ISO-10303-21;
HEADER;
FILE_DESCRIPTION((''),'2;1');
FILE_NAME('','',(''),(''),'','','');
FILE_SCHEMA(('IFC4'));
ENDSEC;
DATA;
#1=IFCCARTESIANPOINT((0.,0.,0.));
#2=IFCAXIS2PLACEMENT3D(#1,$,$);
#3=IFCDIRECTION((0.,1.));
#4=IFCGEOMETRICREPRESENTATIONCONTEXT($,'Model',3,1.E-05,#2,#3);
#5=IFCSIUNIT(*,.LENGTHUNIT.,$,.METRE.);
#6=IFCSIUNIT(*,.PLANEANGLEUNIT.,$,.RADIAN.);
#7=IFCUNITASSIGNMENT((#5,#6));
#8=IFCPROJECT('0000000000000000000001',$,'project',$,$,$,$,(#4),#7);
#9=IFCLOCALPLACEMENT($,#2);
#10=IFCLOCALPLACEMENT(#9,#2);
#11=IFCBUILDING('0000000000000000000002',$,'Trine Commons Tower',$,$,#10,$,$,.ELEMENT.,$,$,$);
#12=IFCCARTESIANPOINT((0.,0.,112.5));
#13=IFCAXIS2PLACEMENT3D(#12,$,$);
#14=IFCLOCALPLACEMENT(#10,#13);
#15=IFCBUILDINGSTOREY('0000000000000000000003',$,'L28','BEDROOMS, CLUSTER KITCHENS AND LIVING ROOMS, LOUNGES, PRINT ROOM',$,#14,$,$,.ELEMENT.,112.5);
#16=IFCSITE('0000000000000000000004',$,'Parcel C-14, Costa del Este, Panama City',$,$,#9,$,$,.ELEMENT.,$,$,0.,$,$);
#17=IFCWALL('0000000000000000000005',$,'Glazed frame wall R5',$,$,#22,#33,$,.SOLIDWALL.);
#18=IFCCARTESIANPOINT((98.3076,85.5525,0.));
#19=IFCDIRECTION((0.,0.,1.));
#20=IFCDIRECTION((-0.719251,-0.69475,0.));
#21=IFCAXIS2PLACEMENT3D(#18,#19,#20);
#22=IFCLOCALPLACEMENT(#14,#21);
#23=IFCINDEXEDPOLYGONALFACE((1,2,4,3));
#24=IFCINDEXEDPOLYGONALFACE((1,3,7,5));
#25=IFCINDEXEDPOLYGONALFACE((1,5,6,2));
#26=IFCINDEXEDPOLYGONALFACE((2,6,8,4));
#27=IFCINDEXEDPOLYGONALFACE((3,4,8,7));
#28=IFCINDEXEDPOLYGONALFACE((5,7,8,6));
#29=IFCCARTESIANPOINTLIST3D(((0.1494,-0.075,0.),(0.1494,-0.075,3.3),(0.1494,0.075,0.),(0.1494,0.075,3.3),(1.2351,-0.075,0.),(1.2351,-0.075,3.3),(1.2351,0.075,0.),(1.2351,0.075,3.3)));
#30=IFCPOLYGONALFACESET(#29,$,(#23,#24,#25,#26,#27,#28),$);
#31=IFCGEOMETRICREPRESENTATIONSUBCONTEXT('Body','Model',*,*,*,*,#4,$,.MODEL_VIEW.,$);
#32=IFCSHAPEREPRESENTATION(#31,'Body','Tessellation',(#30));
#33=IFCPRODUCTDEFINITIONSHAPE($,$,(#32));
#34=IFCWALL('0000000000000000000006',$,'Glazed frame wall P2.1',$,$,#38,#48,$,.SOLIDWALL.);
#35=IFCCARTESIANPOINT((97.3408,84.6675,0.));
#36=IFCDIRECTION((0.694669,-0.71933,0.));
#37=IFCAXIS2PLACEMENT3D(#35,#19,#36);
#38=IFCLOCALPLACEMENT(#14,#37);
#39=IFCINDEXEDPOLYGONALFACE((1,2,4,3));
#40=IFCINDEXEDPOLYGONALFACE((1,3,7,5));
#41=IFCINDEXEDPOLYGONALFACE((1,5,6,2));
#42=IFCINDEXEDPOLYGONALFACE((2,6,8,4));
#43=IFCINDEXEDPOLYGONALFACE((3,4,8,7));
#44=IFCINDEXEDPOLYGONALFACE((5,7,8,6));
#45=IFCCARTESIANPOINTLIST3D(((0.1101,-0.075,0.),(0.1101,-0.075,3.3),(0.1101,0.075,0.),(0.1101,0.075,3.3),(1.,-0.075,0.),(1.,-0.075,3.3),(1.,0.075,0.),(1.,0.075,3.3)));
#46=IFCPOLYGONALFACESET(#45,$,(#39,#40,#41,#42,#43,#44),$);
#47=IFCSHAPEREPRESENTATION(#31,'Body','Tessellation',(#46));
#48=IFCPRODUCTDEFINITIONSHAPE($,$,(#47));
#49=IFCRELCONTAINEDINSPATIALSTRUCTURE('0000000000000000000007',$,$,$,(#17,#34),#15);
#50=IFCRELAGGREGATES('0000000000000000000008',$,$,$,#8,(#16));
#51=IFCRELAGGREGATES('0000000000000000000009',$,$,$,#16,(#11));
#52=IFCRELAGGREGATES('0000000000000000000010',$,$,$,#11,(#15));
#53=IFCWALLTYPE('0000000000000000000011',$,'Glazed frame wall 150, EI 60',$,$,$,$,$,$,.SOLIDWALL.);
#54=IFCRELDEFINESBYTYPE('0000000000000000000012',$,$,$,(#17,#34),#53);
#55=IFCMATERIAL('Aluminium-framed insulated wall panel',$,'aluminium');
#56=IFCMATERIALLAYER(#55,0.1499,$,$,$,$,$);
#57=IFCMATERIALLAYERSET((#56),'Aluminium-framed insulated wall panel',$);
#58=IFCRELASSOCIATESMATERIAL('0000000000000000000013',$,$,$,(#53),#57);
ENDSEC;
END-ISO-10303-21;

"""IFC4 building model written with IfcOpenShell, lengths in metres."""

from ifc_helpers import new_model, si_unit, direction, frame, origin, place, context, subcontext, project, spatial, polyline, outline, extrude, material, layer, layer_set, type_object, element, save


model = new_model("IFC4")

# Units and contexts
model_context = context("Model", 3, precision=1e-05, world=origin(), true_north=direction((0.0, 1.0)))
body_context = subcontext(model_context, "Body", "Model", "MODEL_VIEW")
ifc_project = project(units=[si_unit("LENGTHUNIT", "METRE"), si_unit("PLANEANGLEUNIT", "RADIAN")], contexts=[model_context])

# Site, building, storey
site_placement = place(None, origin())
site = spatial("IfcSite", under=ifc_project, at=site_placement, Name="Parcel C-14, Costa del Este, Panama City", CompositionType="ELEMENT", RefElevation=0.0)
building_placement = place(site_placement, origin())
building = spatial("IfcBuilding", under=site, at=building_placement, Name="Trine Commons Tower", CompositionType="ELEMENT")
storey_placement = place(building_placement, frame((0.0, 0.0, 112.5)))
storey = spatial("IfcBuildingStorey", under=building, at=storey_placement, Name="L28", Description="BEDROOMS, CLUSTER KITCHENS AND LIVING ROOMS, LOUNGES, PRINT ROOM", CompositionType="ELEMENT", Elevation=112.5)

# Walls
ifc_material_1 = material(Name="Aluminium-framed insulated wall panel", Category="aluminium")
ifc_layer_1 = layer(ifc_material_1, 0.1499)
ifc_layer_set_1 = layer_set([ifc_layer_1], Name="Aluminium-framed insulated wall panel")
wall_type_1 = type_object("IfcWallType", Name="Glazed frame wall 150, EI 60", PredefinedType="SOLIDWALL", material=ifc_layer_set_1)
wall_1_placement = place(storey_placement, frame((98.3076, 85.5525, 0.0), z_axis=(0.0, 0.0, 1.0), x_axis=(-0.719251, -0.69475, 0.0)))
element("IfcWall", 1, at=wall_1_placement, inside=storey, type_object=wall_type_1, Name="Glazed frame wall R5", PredefinedType="SOLIDWALL", context=body_context, shape_type="SweptSolid", body=[
    extrude(outline(polyline([(0.1494, 0.075), (0.1494, -0.075), (1.2351, -0.075), (1.2351, 0.075), (0.1494, 0.075)])), origin(), (0.0, 0.0, 1.0), 3.3),
])
wall_2_placement = place(storey_placement, frame((97.3408, 84.6675, 0.0), z_axis=(0.0, 0.0, 1.0), x_axis=(0.694669, -0.71933, 0.0)))
element("IfcWall", 2, at=wall_2_placement, inside=storey, type_object=wall_type_1, Name="Glazed frame wall P2.1", PredefinedType="SOLIDWALL", context=body_context, shape_type="SweptSolid", body=[
    extrude(outline(polyline([(0.1101, -0.075), (1.0, -0.075), (1.0, 0.075), (0.1101, 0.075), (0.1101, -0.075)])), origin(), (0.0, 0.0, 1.0), 3.3),
])

save(model, "model.ifc")
